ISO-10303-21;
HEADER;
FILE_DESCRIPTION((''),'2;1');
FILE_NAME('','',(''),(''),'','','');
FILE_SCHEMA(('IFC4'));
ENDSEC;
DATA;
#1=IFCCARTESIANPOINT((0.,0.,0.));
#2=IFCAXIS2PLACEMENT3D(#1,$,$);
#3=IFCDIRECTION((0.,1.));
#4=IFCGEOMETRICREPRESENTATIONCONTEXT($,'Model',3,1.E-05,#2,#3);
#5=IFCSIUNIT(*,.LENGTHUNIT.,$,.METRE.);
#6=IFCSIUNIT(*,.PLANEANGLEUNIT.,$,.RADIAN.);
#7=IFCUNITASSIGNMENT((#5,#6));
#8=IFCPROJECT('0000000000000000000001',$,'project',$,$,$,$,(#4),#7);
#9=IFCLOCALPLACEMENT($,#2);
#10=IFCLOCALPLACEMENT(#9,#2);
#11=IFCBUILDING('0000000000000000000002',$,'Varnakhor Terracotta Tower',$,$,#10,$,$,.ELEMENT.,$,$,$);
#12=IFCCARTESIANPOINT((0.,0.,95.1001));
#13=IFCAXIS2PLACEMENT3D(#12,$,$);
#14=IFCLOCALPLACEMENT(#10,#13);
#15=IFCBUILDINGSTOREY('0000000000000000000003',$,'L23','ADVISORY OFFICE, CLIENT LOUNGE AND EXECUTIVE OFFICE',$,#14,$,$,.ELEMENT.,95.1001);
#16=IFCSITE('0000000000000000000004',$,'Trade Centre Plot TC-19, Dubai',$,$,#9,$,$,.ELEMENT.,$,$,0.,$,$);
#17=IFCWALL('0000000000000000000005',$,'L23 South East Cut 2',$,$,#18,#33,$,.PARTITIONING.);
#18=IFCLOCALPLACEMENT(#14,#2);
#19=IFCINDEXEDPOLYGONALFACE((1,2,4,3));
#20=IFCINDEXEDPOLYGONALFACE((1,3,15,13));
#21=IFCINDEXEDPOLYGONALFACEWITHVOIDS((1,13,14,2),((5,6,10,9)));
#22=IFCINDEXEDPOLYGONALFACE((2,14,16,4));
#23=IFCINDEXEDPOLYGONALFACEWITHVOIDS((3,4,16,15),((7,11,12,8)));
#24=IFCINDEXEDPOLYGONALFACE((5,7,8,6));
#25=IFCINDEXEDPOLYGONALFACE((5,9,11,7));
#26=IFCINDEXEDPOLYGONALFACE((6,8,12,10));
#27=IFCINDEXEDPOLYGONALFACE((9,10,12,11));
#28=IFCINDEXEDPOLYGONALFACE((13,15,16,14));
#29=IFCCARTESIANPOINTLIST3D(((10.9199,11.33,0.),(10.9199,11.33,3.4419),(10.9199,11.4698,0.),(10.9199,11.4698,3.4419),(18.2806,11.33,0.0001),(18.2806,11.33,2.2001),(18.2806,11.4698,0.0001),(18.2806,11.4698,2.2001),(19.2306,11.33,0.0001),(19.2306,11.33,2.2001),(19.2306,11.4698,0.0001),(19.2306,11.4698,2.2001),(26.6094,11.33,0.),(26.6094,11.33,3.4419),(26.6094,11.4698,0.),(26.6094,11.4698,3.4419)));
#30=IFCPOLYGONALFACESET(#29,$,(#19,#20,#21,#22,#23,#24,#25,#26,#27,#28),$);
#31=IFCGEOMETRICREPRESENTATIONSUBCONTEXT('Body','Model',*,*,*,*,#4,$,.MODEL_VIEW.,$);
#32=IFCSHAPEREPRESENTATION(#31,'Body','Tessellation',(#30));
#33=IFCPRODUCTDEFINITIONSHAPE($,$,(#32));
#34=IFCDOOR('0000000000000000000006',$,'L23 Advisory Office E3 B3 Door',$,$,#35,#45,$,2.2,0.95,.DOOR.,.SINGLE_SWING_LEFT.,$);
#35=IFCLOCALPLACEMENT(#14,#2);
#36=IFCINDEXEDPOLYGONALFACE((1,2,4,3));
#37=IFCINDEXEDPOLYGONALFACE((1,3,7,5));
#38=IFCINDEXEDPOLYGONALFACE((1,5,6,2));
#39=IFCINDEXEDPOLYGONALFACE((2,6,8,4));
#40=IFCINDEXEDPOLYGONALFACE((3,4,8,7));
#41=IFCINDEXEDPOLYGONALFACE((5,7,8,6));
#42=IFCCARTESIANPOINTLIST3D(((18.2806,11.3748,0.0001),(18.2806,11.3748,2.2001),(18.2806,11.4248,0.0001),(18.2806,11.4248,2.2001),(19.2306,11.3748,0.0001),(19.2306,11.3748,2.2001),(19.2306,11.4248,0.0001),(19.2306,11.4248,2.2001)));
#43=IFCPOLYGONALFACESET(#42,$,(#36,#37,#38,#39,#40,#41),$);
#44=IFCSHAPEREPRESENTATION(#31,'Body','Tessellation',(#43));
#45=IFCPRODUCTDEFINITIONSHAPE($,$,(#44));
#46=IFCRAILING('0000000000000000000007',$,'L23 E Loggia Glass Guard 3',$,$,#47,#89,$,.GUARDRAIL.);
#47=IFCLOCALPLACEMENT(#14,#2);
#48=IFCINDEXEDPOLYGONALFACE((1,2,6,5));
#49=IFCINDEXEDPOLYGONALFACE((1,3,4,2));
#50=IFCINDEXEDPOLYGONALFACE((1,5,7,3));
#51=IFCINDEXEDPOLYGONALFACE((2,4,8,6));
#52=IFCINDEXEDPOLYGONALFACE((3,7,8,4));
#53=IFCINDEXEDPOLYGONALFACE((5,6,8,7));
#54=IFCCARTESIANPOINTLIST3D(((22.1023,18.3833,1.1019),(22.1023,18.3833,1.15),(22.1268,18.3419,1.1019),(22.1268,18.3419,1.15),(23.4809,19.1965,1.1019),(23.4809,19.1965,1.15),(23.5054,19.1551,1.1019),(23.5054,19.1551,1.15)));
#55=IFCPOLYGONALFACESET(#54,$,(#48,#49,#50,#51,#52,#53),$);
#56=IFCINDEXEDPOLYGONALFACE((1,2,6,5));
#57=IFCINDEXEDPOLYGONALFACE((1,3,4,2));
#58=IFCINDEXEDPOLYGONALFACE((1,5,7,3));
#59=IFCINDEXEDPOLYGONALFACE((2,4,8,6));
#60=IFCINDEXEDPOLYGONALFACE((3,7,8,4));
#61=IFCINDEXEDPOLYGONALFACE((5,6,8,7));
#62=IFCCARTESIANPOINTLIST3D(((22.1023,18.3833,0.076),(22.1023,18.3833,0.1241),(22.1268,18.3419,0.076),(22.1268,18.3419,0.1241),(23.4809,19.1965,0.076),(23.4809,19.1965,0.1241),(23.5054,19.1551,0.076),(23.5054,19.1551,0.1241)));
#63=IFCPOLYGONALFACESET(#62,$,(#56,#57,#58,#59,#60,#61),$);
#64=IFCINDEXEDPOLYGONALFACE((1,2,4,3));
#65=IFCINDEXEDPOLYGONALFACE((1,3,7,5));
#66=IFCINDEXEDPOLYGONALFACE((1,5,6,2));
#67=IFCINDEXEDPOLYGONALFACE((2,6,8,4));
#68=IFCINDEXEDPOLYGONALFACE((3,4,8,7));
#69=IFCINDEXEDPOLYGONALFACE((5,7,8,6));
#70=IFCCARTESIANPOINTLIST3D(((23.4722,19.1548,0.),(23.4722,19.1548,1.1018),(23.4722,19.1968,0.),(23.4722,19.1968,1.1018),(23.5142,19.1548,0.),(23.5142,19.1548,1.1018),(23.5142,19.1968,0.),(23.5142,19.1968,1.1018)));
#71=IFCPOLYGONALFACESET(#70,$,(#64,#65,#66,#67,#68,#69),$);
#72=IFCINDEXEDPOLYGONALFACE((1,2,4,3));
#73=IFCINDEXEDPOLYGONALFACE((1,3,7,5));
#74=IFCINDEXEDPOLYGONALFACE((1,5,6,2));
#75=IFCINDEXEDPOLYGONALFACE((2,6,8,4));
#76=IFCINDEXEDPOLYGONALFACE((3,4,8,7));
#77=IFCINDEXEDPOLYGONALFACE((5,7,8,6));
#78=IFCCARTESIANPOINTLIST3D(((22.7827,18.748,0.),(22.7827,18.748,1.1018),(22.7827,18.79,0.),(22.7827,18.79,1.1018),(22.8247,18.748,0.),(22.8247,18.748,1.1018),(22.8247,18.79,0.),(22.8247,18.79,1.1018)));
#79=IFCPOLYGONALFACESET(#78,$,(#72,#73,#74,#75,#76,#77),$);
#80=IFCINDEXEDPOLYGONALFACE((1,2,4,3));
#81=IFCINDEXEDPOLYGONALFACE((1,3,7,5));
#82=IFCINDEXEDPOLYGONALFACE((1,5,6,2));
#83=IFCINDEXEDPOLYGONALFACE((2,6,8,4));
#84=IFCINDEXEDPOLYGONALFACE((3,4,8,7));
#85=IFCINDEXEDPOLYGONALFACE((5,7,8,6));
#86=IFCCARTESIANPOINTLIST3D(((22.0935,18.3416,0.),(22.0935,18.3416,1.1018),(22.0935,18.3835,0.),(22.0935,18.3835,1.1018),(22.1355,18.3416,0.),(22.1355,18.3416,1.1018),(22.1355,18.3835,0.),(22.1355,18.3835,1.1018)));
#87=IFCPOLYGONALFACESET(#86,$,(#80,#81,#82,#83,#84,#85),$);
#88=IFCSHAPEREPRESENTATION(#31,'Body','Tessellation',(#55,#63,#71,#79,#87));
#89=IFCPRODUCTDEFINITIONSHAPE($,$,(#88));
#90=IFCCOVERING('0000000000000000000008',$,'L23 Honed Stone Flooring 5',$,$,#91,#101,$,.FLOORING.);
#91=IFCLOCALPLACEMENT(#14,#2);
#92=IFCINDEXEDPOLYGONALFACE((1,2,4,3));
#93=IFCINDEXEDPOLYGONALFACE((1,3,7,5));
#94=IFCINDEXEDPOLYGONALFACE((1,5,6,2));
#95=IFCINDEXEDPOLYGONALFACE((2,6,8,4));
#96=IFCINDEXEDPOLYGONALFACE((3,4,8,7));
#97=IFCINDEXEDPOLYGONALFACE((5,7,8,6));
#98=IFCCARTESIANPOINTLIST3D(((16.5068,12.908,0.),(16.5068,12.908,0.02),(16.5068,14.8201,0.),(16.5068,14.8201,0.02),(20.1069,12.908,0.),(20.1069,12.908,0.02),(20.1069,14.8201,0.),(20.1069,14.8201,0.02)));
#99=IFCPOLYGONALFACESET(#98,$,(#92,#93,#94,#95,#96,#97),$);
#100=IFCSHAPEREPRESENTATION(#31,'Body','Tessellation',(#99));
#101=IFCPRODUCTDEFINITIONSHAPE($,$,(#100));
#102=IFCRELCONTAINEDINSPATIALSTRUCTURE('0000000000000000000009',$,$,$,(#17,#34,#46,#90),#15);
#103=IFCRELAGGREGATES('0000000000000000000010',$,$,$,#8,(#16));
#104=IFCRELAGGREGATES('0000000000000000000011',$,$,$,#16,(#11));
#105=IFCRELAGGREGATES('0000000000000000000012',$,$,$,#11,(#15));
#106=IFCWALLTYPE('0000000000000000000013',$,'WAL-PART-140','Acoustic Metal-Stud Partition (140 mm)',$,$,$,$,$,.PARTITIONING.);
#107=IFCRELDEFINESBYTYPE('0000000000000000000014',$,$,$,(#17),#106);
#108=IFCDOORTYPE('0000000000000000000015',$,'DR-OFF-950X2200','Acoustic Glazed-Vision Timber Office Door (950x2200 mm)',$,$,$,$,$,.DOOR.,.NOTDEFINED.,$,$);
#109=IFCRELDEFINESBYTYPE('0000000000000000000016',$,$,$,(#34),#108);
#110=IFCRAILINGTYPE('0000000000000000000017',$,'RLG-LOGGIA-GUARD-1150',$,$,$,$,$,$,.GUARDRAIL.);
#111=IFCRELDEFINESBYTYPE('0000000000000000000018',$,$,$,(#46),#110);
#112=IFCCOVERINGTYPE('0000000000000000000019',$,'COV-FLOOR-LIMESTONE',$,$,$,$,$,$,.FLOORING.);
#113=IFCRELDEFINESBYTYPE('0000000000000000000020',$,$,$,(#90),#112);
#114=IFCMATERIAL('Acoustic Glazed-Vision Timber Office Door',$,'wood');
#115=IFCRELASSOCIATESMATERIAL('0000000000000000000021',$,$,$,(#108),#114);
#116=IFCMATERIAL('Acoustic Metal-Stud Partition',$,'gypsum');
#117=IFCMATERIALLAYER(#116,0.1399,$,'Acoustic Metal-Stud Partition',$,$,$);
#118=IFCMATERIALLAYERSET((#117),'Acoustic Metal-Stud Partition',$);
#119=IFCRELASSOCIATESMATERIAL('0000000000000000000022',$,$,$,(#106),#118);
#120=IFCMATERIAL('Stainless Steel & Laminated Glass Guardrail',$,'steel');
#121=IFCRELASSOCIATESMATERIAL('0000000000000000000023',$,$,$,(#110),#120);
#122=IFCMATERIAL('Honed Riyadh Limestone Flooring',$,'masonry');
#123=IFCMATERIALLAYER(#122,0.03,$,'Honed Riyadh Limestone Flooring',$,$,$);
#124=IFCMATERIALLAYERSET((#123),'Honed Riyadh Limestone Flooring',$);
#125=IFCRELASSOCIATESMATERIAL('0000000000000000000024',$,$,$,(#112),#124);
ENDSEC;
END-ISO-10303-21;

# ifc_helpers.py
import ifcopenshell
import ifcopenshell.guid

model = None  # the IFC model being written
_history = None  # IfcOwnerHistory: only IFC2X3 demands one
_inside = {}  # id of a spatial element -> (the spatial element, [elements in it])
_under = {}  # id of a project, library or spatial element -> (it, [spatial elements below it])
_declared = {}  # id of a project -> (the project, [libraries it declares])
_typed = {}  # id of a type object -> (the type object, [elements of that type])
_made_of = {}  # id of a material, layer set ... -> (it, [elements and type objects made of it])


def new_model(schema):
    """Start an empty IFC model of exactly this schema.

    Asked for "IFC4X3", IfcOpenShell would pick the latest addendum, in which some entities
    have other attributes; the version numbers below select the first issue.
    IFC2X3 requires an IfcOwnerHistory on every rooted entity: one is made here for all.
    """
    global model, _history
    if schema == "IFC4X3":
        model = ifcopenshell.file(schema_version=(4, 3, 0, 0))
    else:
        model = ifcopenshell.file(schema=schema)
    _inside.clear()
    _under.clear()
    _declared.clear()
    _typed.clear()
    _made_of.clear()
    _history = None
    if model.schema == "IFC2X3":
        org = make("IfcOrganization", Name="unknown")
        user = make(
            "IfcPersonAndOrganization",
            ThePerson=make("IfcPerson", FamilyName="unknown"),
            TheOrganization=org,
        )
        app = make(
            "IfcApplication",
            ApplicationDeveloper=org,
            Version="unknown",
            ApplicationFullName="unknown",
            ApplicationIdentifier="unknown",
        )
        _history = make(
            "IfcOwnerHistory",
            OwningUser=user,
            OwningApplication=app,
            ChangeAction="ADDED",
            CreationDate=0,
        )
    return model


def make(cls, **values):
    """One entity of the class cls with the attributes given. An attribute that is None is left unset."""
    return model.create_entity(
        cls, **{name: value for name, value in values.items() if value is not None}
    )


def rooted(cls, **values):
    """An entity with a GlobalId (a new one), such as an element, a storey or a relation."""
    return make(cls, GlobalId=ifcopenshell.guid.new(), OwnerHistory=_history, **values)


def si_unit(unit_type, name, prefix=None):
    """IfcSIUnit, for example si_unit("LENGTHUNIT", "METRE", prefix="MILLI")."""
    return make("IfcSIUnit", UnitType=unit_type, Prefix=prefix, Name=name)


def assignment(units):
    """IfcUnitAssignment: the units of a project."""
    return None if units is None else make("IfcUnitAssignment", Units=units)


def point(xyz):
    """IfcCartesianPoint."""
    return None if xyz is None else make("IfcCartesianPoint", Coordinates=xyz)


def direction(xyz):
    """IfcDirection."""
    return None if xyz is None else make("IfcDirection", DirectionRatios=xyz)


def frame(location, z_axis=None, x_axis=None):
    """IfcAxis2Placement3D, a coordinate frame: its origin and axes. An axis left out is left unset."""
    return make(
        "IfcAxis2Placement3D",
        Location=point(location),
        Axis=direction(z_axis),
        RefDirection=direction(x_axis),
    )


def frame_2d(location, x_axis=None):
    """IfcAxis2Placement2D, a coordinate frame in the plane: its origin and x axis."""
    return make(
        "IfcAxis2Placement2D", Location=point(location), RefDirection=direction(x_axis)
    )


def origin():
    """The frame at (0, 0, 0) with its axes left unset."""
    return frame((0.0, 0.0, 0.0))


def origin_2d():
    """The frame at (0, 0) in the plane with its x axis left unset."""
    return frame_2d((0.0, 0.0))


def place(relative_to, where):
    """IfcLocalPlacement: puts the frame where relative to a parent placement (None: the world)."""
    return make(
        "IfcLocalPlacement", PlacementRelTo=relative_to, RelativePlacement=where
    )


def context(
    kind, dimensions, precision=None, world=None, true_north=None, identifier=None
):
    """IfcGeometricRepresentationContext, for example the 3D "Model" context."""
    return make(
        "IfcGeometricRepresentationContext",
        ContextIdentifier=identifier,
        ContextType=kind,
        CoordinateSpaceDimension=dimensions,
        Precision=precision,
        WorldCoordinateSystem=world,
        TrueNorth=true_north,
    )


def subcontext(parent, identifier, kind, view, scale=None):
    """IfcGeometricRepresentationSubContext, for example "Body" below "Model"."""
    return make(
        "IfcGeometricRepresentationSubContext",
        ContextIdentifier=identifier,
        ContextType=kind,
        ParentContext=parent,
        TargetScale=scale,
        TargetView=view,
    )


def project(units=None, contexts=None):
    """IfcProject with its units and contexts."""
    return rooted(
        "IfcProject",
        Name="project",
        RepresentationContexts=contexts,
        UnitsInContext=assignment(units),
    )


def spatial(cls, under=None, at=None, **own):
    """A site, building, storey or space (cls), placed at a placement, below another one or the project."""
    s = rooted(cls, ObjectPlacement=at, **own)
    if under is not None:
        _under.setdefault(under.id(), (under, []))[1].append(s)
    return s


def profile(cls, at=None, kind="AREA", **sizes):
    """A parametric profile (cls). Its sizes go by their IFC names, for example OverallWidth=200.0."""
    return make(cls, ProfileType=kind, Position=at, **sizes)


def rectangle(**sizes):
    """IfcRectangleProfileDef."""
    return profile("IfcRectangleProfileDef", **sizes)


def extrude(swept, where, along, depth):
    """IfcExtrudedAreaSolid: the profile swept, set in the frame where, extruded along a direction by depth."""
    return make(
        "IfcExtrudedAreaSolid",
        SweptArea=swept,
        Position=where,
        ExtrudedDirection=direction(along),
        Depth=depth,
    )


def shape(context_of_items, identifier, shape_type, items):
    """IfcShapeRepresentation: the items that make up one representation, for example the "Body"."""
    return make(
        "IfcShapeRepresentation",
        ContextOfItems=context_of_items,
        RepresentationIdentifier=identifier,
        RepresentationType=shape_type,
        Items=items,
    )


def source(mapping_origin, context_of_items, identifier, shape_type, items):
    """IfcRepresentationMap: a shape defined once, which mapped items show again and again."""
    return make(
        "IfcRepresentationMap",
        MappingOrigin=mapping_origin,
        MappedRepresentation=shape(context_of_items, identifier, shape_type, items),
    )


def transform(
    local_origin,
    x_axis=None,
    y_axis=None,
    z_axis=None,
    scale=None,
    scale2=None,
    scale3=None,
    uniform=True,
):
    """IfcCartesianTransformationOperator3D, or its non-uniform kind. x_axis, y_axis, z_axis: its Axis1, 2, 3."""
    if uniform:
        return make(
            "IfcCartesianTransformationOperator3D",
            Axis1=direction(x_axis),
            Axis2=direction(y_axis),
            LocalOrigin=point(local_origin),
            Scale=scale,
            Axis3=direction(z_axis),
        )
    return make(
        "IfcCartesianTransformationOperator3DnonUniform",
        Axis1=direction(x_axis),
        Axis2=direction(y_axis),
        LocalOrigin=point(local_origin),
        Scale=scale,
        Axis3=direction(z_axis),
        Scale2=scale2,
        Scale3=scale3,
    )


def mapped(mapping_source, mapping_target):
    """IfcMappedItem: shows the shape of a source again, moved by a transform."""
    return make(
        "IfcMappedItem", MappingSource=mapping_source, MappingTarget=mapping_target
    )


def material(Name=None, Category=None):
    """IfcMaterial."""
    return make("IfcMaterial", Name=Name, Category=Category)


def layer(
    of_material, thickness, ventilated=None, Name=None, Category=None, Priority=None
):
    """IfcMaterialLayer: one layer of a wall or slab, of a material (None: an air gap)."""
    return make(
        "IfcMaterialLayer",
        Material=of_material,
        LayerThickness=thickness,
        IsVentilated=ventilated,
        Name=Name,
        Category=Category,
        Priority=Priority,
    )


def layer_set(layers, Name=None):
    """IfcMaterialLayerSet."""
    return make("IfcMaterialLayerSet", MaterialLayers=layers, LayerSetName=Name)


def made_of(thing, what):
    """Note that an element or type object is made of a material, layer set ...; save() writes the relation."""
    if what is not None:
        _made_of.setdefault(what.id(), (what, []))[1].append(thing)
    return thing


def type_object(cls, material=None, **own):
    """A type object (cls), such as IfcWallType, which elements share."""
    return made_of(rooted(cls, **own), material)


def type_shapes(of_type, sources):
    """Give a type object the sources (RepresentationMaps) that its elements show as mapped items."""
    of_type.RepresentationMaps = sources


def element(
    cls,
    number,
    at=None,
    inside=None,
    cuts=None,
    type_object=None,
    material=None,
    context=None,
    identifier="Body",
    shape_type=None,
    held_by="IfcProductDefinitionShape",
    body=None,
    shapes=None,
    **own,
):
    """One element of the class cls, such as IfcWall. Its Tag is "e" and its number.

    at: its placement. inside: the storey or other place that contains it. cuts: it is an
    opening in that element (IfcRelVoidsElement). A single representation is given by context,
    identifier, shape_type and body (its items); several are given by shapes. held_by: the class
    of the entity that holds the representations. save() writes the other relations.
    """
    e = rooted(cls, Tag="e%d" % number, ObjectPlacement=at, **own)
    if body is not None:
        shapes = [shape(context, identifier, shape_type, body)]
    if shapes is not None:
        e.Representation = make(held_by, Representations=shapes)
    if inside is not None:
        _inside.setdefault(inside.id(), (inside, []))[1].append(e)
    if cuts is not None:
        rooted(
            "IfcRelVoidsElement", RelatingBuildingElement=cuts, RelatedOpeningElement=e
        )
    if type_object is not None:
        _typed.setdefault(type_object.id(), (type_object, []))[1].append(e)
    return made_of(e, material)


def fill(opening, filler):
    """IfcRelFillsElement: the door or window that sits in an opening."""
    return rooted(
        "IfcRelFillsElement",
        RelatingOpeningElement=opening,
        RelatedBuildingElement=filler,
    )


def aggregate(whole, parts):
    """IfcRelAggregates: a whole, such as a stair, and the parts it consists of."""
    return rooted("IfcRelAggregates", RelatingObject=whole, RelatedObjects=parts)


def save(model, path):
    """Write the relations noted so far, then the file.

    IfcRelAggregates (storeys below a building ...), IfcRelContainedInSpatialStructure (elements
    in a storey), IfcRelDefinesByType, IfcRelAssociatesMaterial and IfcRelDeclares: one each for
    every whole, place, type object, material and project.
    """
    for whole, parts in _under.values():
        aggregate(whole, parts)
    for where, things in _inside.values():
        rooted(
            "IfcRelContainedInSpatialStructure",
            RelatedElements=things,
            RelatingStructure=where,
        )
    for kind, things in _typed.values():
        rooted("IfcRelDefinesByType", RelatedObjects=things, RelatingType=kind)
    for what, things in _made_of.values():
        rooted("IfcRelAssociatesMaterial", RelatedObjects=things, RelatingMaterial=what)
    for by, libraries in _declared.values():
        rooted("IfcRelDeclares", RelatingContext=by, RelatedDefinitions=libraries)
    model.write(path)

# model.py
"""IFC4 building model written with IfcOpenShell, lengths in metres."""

from ifc_helpers import new_model, si_unit, direction, frame, frame_2d, origin, origin_2d, place, context, subcontext, project, spatial, rectangle, extrude, source, transform, mapped, material, layer, layer_set, type_object, type_shapes, element, fill, save


model = new_model("IFC4")

# Units and contexts
model_context = context("Model", 3, precision=1e-05, world=origin(), true_north=direction((0.0, 1.0)))
body_context = subcontext(model_context, "Body", "Model", "MODEL_VIEW")
ifc_project = project(units=[si_unit("LENGTHUNIT", "METRE"), si_unit("PLANEANGLEUNIT", "RADIAN")], contexts=[model_context])

# Site, building, storey
site_placement = place(None, origin())
site = spatial("IfcSite", under=ifc_project, at=site_placement, Name="Trade Centre Plot TC-19, Dubai", CompositionType="ELEMENT", RefElevation=0.0)
building_placement = place(site_placement, origin())
building = spatial("IfcBuilding", under=site, at=building_placement, Name="Varnakhor Terracotta Tower", CompositionType="ELEMENT")
storey_placement = place(building_placement, frame((0.0, 0.0, 95.1001)))
storey = spatial("IfcBuildingStorey", under=building, at=storey_placement, Name="L23", Description="ADVISORY OFFICE, CLIENT LOUNGE AND EXECUTIVE OFFICE", CompositionType="ELEMENT", Elevation=95.1001)

# Wall, opening, door
ifc_material_1 = material(Name="Acoustic Glazed-Vision Timber Office Door", Category="wood")
door_type = type_object("IfcDoorType", Name="DR-OFF-950X2200", Description="Acoustic Glazed-Vision Timber Office Door (950x2200 mm)", OperationType="NOTDEFINED", PredefinedType="DOOR", material=ifc_material_1)
shared_shape_1 = source(origin(), body_context, "Body", "SweptSolid", [
    extrude(rectangle(XDim=0.95, YDim=2.2, at=frame_2d((0.4751, 1.1001))), frame((0.0, 0.0249, 0.0), z_axis=(0.0, -1.0, 0.0), x_axis=(1.0, 0.0, 0.0)), (0.0, 0.0, 1.0), 0.05),
])
type_shapes(door_type, [shared_shape_1])
ifc_material_2 = material(Name="Acoustic Metal-Stud Partition", Category="gypsum")
ifc_layer_1 = layer(ifc_material_2, 0.1399, Name="Acoustic Metal-Stud Partition")
ifc_layer_set_1 = layer_set([ifc_layer_1], Name="Acoustic Metal-Stud Partition")
wall_type_1 = type_object("IfcWallType", Name="WAL-PART-140", Description="Acoustic Metal-Stud Partition (140 mm)", PredefinedType="PARTITIONING", material=ifc_layer_set_1)
wall_1_placement = place(storey_placement, frame((10.9199, 11.3999, 0.0), z_axis=(0.0, 0.0, 1.0), x_axis=(1.0, 0.0, 0.0)))
wall_1 = element("IfcWall", 1, at=wall_1_placement, inside=storey, type_object=wall_type_1, Name="L23 South East Cut 2", PredefinedType="PARTITIONING", context=body_context, shape_type="SweptSolid", body=[
    extrude(rectangle(XDim=15.6895, YDim=0.1399, at=frame_2d((7.8447, 0.0))), origin(), (0.0, 0.0, 1.0), 3.4419),
])
opening_1_placement = place(wall_1_placement, frame((7.3606, 0.0, 0.0)))
opening_1 = element("IfcOpeningElement", 2, at=opening_1_placement, cuts=wall_1, PredefinedType="OPENING", context=body_context, shape_type="SweptSolid", body=[
    extrude(rectangle(XDim=0.95, YDim=2.2, at=frame_2d((0.4751, 1.1001))), frame((0.0, 0.0801, 0.0), z_axis=(0.0, -1.0, 0.0), x_axis=(1.0, 0.0, 0.0)), (0.0, 0.0, 1.0), 0.1599),
])
door_1_placement = place(opening_1_placement, origin())
door_1 = element("IfcDoor", 3, at=door_1_placement, inside=storey, type_object=door_type, Name="L23 Advisory Office E3 B3 Door", OperationType="SINGLE_SWING_LEFT", OverallHeight=2.2, OverallWidth=0.95, PredefinedType="DOOR", context=body_context, shape_type="MappedRepresentation", body=[
    mapped(shared_shape_1, transform((0.0, 0.0, 0.0), scale=1.0)),
])
fill(opening_1, door_1)

# Railing
ifc_material_3 = material(Name="Stainless Steel & Laminated Glass Guardrail", Category="steel")
railing_type = type_object("IfcRailingType", Name="RLG-LOGGIA-GUARD-1150", PredefinedType="GUARDRAIL", material=ifc_material_3)
railing_placement = place(storey_placement, frame((23.4932, 19.1758, 0.0)))
element("IfcRailing", 4, at=railing_placement, inside=storey, type_object=railing_type, Name="L23 E Loggia Glass Guard 3", PredefinedType="GUARDRAIL", context=body_context, shape_type="SweptSolid", body=[
    extrude(rectangle(XDim=0.0481, YDim=0.0481, at=origin_2d()), frame((0.0, 0.0, 1.126), z_axis=(-0.861318, -0.508066, 0.0), x_axis=(0.508066, -0.861318, 0.0)), (0.0, 0.0, 1.0), 1.6006),
    extrude(rectangle(XDim=0.0481, YDim=0.0481, at=origin_2d()), frame((0.0, 0.0, 0.1001), z_axis=(-0.861318, -0.508066, 0.0), x_axis=(0.508066, -0.861318, 0.0)), (0.0, 0.0, 1.0), 1.6006),
    extrude(rectangle(XDim=0.042, YDim=0.042, at=origin_2d()), origin(), (0.0, 0.0, 1.0), 1.1018),
    extrude(rectangle(XDim=0.042, YDim=0.042, at=origin_2d()), frame((-0.6895, -0.4067, 0.0)), (0.0, 0.0, 1.0), 1.1018),
    extrude(rectangle(XDim=0.042, YDim=0.042, at=origin_2d()), frame((-1.3787, -0.8132, 0.0)), (0.0, 0.0, 1.0), 1.1018),
])

# Covering
ifc_material_4 = material(Name="Honed Riyadh Limestone Flooring", Category="masonry")
ifc_layer_2 = layer(ifc_material_4, 0.03, Name="Honed Riyadh Limestone Flooring")
ifc_layer_set_2 = layer_set([ifc_layer_2], Name="Honed Riyadh Limestone Flooring")
covering_type = type_object("IfcCoveringType", Name="COV-FLOOR-LIMESTONE", PredefinedType="FLOORING", material=ifc_layer_set_2)
shared_shape_2 = source(origin(), body_context, "Body", "SweptSolid", [
    extrude(rectangle(XDim=3.6001, YDim=1.9121, at=origin_2d()), origin(), (0.0, 0.0, 1.0), 0.02),
])
covering_placement = place(storey_placement, frame((18.3069, 13.864, 0.0), z_axis=(0.0, 0.0, 1.0), x_axis=(1.0, 0.0, 0.0)))
element("IfcCovering", 5, at=covering_placement, inside=storey, type_object=covering_type, Name="L23 Honed Stone Flooring 5", PredefinedType="FLOORING", context=body_context, shape_type="MappedRepresentation", body=[
    mapped(shared_shape_2, transform((0.0, 0.0, 0.0), scale=1.0)),
])

save(model, "model.ifc")
